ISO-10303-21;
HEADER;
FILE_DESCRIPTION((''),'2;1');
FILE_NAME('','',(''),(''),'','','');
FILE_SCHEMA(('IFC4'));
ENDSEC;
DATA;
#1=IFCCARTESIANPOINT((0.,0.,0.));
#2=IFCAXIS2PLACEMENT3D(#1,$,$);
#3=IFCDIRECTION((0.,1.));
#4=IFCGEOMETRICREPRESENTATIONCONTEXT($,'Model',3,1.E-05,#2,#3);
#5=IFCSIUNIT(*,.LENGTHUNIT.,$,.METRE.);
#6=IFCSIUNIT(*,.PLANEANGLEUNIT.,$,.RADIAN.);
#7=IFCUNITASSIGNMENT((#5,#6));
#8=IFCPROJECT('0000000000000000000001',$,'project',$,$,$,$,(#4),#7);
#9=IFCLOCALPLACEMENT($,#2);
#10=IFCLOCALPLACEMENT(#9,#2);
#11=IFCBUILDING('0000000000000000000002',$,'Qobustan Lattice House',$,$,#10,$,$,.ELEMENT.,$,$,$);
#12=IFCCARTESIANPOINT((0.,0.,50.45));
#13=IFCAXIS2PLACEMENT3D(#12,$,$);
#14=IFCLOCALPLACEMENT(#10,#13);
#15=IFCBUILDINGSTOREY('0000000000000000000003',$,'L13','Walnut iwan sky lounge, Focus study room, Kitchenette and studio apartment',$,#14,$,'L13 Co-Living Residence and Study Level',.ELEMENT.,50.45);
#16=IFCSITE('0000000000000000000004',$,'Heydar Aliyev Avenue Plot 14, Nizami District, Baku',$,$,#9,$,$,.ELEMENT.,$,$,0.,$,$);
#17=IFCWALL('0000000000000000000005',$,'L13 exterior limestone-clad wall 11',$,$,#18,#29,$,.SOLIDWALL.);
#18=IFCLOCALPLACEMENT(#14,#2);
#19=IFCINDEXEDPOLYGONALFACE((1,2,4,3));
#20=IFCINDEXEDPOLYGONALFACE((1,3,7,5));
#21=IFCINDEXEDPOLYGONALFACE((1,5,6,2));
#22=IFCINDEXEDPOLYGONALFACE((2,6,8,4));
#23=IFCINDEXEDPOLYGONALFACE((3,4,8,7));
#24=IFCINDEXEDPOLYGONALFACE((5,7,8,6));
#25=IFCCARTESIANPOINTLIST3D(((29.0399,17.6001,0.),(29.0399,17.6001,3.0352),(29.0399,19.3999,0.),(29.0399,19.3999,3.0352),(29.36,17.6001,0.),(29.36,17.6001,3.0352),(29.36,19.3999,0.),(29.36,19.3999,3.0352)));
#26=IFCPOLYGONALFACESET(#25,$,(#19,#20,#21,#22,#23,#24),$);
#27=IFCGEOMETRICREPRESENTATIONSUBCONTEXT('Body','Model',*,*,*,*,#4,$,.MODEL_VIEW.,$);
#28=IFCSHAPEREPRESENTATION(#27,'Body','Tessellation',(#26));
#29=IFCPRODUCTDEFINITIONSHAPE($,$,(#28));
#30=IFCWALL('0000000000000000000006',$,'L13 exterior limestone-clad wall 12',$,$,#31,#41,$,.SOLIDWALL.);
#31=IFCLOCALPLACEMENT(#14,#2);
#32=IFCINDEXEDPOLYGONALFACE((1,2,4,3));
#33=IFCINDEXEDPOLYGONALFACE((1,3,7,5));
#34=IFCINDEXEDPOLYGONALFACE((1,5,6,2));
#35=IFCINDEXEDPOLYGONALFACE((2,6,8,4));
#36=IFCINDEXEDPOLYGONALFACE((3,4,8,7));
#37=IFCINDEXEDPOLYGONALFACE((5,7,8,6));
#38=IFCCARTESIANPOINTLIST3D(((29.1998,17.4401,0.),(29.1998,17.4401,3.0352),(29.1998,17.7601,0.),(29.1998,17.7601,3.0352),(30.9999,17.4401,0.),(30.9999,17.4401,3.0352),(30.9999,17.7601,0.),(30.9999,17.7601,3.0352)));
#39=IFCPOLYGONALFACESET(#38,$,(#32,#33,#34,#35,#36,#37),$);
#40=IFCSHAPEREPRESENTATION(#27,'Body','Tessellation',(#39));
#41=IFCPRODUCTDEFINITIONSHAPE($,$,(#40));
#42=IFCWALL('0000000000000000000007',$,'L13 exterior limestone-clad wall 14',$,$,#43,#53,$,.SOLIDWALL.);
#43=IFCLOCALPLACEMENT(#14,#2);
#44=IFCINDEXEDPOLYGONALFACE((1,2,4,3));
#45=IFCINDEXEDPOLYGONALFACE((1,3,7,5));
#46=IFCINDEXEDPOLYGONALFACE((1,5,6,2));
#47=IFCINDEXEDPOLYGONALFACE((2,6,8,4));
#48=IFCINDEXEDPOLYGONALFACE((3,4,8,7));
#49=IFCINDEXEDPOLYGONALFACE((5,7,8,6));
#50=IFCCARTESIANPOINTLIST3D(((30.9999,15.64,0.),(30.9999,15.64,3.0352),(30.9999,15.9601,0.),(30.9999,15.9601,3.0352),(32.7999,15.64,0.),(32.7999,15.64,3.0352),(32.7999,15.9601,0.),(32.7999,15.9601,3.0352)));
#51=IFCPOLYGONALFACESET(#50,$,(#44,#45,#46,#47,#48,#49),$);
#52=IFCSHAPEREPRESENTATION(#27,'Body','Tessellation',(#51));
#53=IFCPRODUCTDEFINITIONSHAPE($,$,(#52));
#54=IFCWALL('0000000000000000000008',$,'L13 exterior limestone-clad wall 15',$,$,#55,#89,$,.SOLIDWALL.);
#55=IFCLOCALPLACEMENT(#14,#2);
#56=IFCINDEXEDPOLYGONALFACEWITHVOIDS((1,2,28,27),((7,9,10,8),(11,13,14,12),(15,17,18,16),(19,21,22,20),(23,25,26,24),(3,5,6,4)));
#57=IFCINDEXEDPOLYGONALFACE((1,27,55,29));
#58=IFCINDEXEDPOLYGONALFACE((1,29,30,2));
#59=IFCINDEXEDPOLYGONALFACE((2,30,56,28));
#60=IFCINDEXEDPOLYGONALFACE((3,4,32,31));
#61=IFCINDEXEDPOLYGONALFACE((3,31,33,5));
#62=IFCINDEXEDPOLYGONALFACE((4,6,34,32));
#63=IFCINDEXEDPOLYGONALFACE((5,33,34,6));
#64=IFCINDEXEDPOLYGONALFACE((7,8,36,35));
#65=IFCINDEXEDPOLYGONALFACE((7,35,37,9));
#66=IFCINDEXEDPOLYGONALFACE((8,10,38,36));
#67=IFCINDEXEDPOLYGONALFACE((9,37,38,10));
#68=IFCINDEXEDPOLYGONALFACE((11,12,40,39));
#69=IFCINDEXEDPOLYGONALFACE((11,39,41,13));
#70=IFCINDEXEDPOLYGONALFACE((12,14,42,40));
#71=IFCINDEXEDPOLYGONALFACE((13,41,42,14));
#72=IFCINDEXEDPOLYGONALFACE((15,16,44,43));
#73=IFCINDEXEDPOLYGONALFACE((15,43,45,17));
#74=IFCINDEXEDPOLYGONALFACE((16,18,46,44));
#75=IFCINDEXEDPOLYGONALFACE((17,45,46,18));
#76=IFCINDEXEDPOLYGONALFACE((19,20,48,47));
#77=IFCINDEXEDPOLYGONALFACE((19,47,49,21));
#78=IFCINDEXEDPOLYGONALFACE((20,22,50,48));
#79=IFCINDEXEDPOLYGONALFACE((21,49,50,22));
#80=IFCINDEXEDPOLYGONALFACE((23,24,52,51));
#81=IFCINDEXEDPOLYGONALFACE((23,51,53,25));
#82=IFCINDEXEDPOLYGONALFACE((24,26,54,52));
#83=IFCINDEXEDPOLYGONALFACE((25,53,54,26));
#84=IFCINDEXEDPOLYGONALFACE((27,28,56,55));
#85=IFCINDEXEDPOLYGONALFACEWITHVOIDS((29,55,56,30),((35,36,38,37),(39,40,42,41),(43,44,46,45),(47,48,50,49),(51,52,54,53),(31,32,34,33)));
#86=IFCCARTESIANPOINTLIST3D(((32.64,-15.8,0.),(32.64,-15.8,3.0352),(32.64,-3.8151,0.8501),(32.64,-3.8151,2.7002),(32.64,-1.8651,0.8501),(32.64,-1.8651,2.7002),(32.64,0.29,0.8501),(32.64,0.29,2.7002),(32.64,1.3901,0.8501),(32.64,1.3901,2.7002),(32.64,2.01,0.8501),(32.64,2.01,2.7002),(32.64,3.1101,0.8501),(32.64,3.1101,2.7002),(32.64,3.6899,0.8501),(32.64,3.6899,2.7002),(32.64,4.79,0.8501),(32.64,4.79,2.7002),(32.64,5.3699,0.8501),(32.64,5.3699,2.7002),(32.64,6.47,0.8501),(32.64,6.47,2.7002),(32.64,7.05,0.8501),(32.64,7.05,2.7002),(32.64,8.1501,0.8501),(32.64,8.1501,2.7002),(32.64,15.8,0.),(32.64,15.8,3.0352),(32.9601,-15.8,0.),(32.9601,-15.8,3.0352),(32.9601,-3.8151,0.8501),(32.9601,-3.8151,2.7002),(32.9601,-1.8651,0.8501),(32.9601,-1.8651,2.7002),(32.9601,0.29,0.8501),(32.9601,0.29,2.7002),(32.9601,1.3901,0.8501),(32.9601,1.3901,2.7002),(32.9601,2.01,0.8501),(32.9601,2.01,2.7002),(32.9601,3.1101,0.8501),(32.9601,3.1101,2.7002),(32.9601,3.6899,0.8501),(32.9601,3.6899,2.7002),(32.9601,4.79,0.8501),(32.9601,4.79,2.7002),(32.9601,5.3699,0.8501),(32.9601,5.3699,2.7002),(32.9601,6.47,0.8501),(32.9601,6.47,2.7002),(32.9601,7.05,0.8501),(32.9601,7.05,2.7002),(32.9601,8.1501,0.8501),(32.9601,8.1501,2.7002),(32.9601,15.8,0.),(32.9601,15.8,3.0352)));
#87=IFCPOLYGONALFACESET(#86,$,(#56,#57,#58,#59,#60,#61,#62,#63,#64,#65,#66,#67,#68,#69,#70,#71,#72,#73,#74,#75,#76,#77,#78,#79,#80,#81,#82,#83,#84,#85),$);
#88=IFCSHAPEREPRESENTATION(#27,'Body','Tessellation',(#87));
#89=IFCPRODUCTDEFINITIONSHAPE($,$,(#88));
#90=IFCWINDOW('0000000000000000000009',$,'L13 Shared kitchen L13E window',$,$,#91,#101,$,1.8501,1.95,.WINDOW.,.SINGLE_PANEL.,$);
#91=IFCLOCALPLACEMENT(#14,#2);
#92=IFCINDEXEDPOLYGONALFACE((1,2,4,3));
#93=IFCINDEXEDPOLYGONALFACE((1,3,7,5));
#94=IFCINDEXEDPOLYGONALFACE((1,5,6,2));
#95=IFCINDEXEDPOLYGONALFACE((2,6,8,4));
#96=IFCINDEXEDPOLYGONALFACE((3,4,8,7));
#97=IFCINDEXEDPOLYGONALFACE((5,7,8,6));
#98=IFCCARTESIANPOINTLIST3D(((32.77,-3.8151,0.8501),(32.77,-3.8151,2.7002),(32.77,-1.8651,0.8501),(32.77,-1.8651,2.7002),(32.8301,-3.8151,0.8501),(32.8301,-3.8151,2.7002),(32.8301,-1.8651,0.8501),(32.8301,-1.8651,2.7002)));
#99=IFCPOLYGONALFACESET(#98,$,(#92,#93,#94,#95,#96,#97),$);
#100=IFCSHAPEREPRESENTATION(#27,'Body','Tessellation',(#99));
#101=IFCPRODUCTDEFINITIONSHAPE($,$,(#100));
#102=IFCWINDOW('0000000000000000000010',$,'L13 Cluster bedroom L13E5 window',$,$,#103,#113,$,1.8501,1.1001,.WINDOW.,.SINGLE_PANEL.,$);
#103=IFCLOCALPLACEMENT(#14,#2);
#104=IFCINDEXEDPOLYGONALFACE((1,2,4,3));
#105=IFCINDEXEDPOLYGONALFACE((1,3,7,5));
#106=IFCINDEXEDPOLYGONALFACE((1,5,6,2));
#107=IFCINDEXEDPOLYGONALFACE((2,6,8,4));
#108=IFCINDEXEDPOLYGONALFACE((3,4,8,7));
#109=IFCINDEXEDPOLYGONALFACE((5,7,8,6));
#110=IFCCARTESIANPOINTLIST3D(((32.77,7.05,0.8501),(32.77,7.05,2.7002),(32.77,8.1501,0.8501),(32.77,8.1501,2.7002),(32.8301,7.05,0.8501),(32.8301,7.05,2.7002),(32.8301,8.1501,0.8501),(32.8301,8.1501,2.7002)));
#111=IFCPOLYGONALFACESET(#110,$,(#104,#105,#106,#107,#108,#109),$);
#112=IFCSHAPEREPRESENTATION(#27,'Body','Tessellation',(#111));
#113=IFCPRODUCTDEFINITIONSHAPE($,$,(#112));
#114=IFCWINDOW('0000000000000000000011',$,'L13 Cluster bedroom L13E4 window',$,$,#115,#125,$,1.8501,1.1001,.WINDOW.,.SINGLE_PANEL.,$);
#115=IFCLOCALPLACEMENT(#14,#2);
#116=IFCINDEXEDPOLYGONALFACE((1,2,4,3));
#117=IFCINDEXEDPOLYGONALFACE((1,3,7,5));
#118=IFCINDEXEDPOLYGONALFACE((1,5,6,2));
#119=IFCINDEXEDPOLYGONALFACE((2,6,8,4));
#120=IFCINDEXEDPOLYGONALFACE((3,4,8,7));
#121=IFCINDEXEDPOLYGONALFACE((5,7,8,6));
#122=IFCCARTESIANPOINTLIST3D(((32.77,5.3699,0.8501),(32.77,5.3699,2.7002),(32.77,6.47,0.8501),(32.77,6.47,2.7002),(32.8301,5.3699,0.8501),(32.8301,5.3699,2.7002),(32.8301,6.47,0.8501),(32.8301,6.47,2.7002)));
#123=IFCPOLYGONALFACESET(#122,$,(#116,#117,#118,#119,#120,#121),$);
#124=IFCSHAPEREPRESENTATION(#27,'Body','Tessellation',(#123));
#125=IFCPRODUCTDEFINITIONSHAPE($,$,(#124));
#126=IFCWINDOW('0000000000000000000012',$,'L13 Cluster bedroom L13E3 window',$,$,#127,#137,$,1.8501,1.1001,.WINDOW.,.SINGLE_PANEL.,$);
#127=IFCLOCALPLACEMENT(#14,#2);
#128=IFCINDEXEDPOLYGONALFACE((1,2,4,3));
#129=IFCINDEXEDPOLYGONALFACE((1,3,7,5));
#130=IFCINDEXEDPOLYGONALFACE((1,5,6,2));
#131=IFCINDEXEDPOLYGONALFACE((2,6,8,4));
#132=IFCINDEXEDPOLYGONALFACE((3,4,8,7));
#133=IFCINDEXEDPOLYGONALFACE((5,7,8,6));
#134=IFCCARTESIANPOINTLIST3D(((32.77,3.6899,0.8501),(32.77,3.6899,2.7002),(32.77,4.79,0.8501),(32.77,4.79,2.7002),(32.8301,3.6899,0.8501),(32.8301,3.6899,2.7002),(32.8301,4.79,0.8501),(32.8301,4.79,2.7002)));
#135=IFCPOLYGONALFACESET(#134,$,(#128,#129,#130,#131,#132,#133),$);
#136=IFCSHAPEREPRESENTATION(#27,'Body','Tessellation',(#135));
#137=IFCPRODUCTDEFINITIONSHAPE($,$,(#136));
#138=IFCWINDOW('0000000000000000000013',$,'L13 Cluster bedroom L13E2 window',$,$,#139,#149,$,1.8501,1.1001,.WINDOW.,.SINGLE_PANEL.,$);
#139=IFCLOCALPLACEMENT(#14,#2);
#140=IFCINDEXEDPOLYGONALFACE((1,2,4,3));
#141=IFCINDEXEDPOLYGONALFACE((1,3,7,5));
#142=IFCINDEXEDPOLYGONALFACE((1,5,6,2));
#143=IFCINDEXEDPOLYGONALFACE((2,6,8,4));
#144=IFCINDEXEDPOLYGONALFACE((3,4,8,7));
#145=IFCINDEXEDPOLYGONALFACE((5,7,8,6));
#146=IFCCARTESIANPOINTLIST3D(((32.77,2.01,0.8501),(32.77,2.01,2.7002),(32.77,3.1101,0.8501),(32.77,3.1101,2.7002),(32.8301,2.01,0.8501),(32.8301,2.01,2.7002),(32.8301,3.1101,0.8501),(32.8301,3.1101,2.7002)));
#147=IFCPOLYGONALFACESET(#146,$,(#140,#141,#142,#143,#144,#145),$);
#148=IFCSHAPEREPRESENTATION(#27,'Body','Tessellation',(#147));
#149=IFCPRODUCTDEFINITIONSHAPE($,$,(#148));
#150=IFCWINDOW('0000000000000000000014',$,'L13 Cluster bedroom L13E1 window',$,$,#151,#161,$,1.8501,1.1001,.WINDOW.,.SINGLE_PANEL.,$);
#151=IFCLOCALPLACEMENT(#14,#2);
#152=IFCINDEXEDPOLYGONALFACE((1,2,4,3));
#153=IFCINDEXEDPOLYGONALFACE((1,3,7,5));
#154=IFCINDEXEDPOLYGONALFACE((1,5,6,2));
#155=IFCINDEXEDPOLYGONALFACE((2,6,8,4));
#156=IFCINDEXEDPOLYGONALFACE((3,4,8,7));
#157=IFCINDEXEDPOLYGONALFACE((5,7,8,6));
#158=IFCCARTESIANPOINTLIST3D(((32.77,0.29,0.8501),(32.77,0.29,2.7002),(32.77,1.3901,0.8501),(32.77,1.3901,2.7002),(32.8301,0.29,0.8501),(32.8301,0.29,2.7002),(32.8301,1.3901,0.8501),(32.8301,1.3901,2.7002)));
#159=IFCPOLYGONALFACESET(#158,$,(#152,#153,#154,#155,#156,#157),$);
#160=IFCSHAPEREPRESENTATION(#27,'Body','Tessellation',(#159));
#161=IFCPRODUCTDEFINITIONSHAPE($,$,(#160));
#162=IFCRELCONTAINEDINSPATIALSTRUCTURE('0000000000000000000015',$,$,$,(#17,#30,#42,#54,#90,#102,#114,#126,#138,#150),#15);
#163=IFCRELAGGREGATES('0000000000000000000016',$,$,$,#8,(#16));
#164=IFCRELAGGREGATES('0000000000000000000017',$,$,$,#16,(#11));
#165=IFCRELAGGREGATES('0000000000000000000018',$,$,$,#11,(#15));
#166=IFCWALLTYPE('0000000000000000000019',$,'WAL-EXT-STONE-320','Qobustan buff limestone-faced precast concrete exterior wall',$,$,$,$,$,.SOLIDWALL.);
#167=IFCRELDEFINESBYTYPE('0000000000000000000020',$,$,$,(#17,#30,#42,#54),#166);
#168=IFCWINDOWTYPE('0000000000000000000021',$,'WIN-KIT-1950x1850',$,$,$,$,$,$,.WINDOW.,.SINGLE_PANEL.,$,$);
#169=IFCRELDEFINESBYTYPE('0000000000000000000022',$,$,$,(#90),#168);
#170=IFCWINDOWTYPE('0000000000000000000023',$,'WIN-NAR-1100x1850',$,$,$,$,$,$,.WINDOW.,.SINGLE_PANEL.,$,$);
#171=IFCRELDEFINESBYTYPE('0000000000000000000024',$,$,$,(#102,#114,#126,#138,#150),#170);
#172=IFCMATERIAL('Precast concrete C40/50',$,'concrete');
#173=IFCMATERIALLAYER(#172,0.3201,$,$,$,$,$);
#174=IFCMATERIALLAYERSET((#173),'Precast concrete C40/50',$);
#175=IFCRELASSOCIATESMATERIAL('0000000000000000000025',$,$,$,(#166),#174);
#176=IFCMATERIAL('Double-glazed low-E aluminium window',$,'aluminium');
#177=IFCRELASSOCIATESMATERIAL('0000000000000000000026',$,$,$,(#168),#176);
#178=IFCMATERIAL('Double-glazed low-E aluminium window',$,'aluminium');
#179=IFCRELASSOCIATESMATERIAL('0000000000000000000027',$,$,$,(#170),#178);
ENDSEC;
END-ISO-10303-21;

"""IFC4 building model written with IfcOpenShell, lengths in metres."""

from ifc_helpers import new_model, si_unit, direction, frame, frame_2d, origin, place, context, subcontext, project, spatial, rectangle, extrude, material, layer, layer_set, type_object, element, fill, save


model = new_model("IFC4")

# Units and contexts
model_context = context("Model", 3, precision=1e-05, world=origin(), true_north=direction((0.0, 1.0)))
body_context = subcontext(model_context, "Body", "Model", "MODEL_VIEW")
ifc_project = project(units=[si_unit("LENGTHUNIT", "METRE"), si_unit("PLANEANGLEUNIT", "RADIAN")], contexts=[model_context])

# Site, building, storey
site_placement = place(None, origin())
site = spatial("IfcSite", under=ifc_project, at=site_placement, Name="Heydar Aliyev Avenue Plot 14, Nizami District, Baku", CompositionType="ELEMENT", RefElevation=0.0)
building_placement = place(site_placement, origin())
building = spatial("IfcBuilding", under=site, at=building_placement, Name="Qobustan Lattice House", CompositionType="ELEMENT")
storey_placement = place(building_placement, frame((0.0, 0.0, 50.45)))
storey = spatial("IfcBuildingStorey", under=building, at=storey_placement, Name="L13", Description="Walnut iwan sky lounge, Focus study room, Kitchenette and studio apartment", LongName="L13 Co-Living Residence and Study Level", CompositionType="ELEMENT", Elevation=50.45)

# Walls
ifc_material_1 = material(Name="Precast concrete C40/50", Category="concrete")
ifc_layer_1 = layer(ifc_material_1, 0.3201)
ifc_layer_set_1 = layer_set([ifc_layer_1], Name="Precast concrete C40/50")
wall_type = type_object("IfcWallType", Name="WAL-EXT-STONE-320", Description="Qobustan buff limestone-faced precast concrete exterior wall", PredefinedType="SOLIDWALL", material=ifc_layer_set_1)
wall_1_placement = place(storey_placement, frame((29.2, 19.3999, 0.0), z_axis=(0.0, 0.0, 1.0), x_axis=(0.0, -1.0, 0.0)))
element("IfcWall", 1, at=wall_1_placement, inside=storey, type_object=wall_type, Name="L13 exterior limestone-clad wall 11", PredefinedType="SOLIDWALL", context=body_context, shape_type="SweptSolid", body=[
    extrude(rectangle(XDim=1.7998, YDim=0.3201, at=frame_2d((0.8999, 0.0))), origin(), (0.0, 0.0, 1.0), 3.0352),
])
for number, where, z_axis, x_axis, name in (
    (2, (29.2, 17.6001, 0.0), (0.0, 0.0, 1.0), (1.0, 0.0, 0.0), "L13 exterior limestone-clad wall 12"),
    (3, (31.0, 15.8, 0.0), (0.0, 0.0, 1.0), (1.0, 0.0, 0.0), "L13 exterior limestone-clad wall 14"),
):
    element("IfcWall", number, at=place(storey_placement, frame(where, z_axis=z_axis, x_axis=x_axis)), inside=storey, type_object=wall_type, Name=name, PredefinedType="SOLIDWALL", context=body_context, shape_type="SweptSolid", body=[
        extrude(rectangle(XDim=1.8, YDim=0.3201, at=frame_2d((0.8999, 0.0))), origin(), (0.0, 0.0, 1.0), 3.0352),
    ])

# Wall, openings, windows
wall_2_placement = place(storey_placement, frame((32.8, 15.8, 0.0), z_axis=(0.0, 0.0, 1.0), x_axis=(0.0, -1.0, 0.0)))
wall_2 = element("IfcWall", 4, at=wall_2_placement, inside=storey, type_object=wall_type, Name="L13 exterior limestone-clad wall 15", PredefinedType="SOLIDWALL", context=body_context, shape_type="SweptSolid", body=[
    extrude(rectangle(XDim=31.6001, YDim=0.3201, at=frame_2d((15.8, 0.0))), origin(), (0.0, 0.0, 1.0), 3.0352),
])
opening_1_placement = place(wall_2_placement, frame((7.6499, 0.0, 0.8501)))
opening_1 = element("IfcOpeningElement", 5, at=opening_1_placement, cuts=wall_2, PredefinedType="OPENING", context=body_context, shape_type="SweptSolid", body=[
    extrude(rectangle(XDim=1.1001, YDim=1.8501, at=frame_2d((0.55, 0.925))), frame((0.0, 0.1699, 0.0), z_axis=(0.0, -1.0, 0.0), x_axis=(1.0, 0.0, 0.0)), (0.0, 0.0, 1.0), 0.3401),
])
opening_2_placement = place(wall_2_placement, frame((9.3301, 0.0, 0.8501)))
opening_2 = element("IfcOpeningElement", 6, at=opening_2_placement, cuts=wall_2, PredefinedType="OPENING", context=body_context, shape_type="SweptSolid", body=[
    extrude(rectangle(XDim=1.1001, YDim=1.8501, at=frame_2d((0.55, 0.925))), frame((0.0, 0.1699, 0.0), z_axis=(0.0, -1.0, 0.0), x_axis=(1.0, 0.0, 0.0)), (0.0, 0.0, 1.0), 0.3401),
])
opening_3_placement = place(wall_2_placement, frame((11.01, 0.0, 0.8501)))
opening_3 = element("IfcOpeningElement", 7, at=opening_3_placement, cuts=wall_2, PredefinedType="OPENING", context=body_context, shape_type="SweptSolid", body=[
    extrude(rectangle(XDim=1.1001, YDim=1.8501, at=frame_2d((0.55, 0.925))), frame((0.0, 0.1699, 0.0), z_axis=(0.0, -1.0, 0.0), x_axis=(1.0, 0.0, 0.0)), (0.0, 0.0, 1.0), 0.3401),
])
opening_4_placement = place(wall_2_placement, frame((12.6899, 0.0, 0.8501)))
opening_4 = element("IfcOpeningElement", 8, at=opening_4_placement, cuts=wall_2, PredefinedType="OPENING", context=body_context, shape_type="SweptSolid", body=[
    extrude(rectangle(XDim=1.1001, YDim=1.8501, at=frame_2d((0.55, 0.925))), frame((0.0, 0.1699, 0.0), z_axis=(0.0, -1.0, 0.0), x_axis=(1.0, 0.0, 0.0)), (0.0, 0.0, 1.0), 0.3401),
])
opening_5_placement = place(wall_2_placement, frame((14.4099, 0.0, 0.8501)))
opening_5 = element("IfcOpeningElement", 9, at=opening_5_placement, cuts=wall_2, PredefinedType="OPENING", context=body_context, shape_type="SweptSolid", body=[
    extrude(rectangle(XDim=1.1001, YDim=1.8501, at=frame_2d((0.55, 0.925))), frame((0.0, 0.1699, 0.0), z_axis=(0.0, -1.0, 0.0), x_axis=(1.0, 0.0, 0.0)), (0.0, 0.0, 1.0), 0.3401),
])
opening_6_placement = place(wall_2_placement, frame((17.665, 0.0, 0.8501)))
opening_6 = element("IfcOpeningElement", 10, at=opening_6_placement, cuts=wall_2, PredefinedType="OPENING", context=body_context, shape_type="SweptSolid", body=[
    extrude(rectangle(XDim=1.95, YDim=1.8501, at=frame_2d((0.9751, 0.925))), frame((0.0, 0.1699, 0.0), z_axis=(0.0, -1.0, 0.0), x_axis=(1.0, 0.0, 0.0)), (0.0, 0.0, 1.0), 0.3401),
])
ifc_material_2 = material(Name="Double-glazed low-E aluminium window", Category="aluminium")
window_type_1 = type_object("IfcWindowType", Name="WIN-KIT-1950x1850", PartitioningType="SINGLE_PANEL", PredefinedType="WINDOW", material=ifc_material_2)
window_1_placement = place(opening_6_placement, origin())
window_1 = element("IfcWindow", 11, at=window_1_placement, inside=storey, type_object=window_type_1, Name="L13 Shared kitchen L13E window", OverallHeight=1.8501, OverallWidth=1.95, PartitioningType="SINGLE_PANEL", PredefinedType="WINDOW", context=body_context, shape_type="SweptSolid", body=[
    extrude(rectangle(XDim=1.95, YDim=1.8501, at=frame_2d((0.9751, 0.925))), frame((0.0, 0.03, 0.0), z_axis=(0.0, -1.0, 0.0), x_axis=(1.0, 0.0, 0.0)), (0.0, 0.0, 1.0), 0.0601),
])
fill(opening_6, window_1)
ifc_material_3 = material(Name="Double-glazed low-E aluminium window", Category="aluminium")
window_type_2 = type_object("IfcWindowType", Name="WIN-NAR-1100x1850", PartitioningType="SINGLE_PANEL", PredefinedType="WINDOW", material=ifc_material_3)
window_2_placement = place(opening_1_placement, origin())
window_2 = element("IfcWindow", 12, at=window_2_placement, inside=storey, type_object=window_type_2, Name="L13 Cluster bedroom L13E5 window", OverallHeight=1.8501, OverallWidth=1.1001, PartitioningType="SINGLE_PANEL", PredefinedType="WINDOW", context=body_context, shape_type="SweptSolid", body=[
    extrude(rectangle(XDim=1.1001, YDim=1.8501, at=frame_2d((0.55, 0.925))), frame((0.0, 0.03, 0.0), z_axis=(0.0, -1.0, 0.0), x_axis=(1.0, 0.0, 0.0)), (0.0, 0.0, 1.0), 0.0601),
])
fill(opening_1, window_2)
window_3_placement = place(opening_2_placement, origin())
window_3 = element("IfcWindow", 13, at=window_3_placement, inside=storey, type_object=window_type_2, Name="L13 Cluster bedroom L13E4 window", OverallHeight=1.8501, OverallWidth=1.1001, PartitioningType="SINGLE_PANEL", PredefinedType="WINDOW", context=body_context, shape_type="SweptSolid", body=[
    extrude(rectangle(XDim=1.1001, YDim=1.8501, at=frame_2d((0.55, 0.925))), frame((0.0, 0.03, 0.0), z_axis=(0.0, -1.0, 0.0), x_axis=(1.0, 0.0, 0.0)), (0.0, 0.0, 1.0), 0.0601),
])
fill(opening_2, window_3)
window_4_placement = place(opening_3_placement, origin())
window_4 = element("IfcWindow", 14, at=window_4_placement, inside=storey, type_object=window_type_2, Name="L13 Cluster bedroom L13E3 window", OverallHeight=1.8501, OverallWidth=1.1001, PartitioningType="SINGLE_PANEL", PredefinedType="WINDOW", context=body_context, shape_type="SweptSolid", body=[
    extrude(rectangle(XDim=1.1001, YDim=1.8501, at=frame_2d((0.55, 0.925))), frame((0.0, 0.03, 0.0), z_axis=(0.0, -1.0, 0.0), x_axis=(1.0, 0.0, 0.0)), (0.0, 0.0, 1.0), 0.0601),
])
fill(opening_3, window_4)
window_5_placement = place(opening_4_placement, origin())
window_5 = element("IfcWindow", 15, at=window_5_placement, inside=storey, type_object=window_type_2, Name="L13 Cluster bedroom L13E2 window", OverallHeight=1.8501, OverallWidth=1.1001, PartitioningType="SINGLE_PANEL", PredefinedType="WINDOW", context=body_context, shape_type="SweptSolid", body=[
    extrude(rectangle(XDim=1.1001, YDim=1.8501, at=frame_2d((0.55, 0.925))), frame((0.0, 0.03, 0.0), z_axis=(0.0, -1.0, 0.0), x_axis=(1.0, 0.0, 0.0)), (0.0, 0.0, 1.0), 0.0601),
])
fill(opening_4, window_5)
window_6_placement = place(opening_5_placement, origin())
window_6 = element("IfcWindow", 16, at=window_6_placement, inside=storey, type_object=window_type_2, Name="L13 Cluster bedroom L13E1 window", OverallHeight=1.8501, OverallWidth=1.1001, PartitioningType="SINGLE_PANEL", PredefinedType="WINDOW", context=body_context, shape_type="SweptSolid", body=[
    extrude(rectangle(XDim=1.1001, YDim=1.8501, at=frame_2d((0.55, 0.925))), frame((0.0, 0.03, 0.0), z_axis=(0.0, -1.0, 0.0), x_axis=(1.0, 0.0, 0.0)), (0.0, 0.0, 1.0), 0.0601),
])
fill(opening_5, window_6)

save(model, "model.ifc")
